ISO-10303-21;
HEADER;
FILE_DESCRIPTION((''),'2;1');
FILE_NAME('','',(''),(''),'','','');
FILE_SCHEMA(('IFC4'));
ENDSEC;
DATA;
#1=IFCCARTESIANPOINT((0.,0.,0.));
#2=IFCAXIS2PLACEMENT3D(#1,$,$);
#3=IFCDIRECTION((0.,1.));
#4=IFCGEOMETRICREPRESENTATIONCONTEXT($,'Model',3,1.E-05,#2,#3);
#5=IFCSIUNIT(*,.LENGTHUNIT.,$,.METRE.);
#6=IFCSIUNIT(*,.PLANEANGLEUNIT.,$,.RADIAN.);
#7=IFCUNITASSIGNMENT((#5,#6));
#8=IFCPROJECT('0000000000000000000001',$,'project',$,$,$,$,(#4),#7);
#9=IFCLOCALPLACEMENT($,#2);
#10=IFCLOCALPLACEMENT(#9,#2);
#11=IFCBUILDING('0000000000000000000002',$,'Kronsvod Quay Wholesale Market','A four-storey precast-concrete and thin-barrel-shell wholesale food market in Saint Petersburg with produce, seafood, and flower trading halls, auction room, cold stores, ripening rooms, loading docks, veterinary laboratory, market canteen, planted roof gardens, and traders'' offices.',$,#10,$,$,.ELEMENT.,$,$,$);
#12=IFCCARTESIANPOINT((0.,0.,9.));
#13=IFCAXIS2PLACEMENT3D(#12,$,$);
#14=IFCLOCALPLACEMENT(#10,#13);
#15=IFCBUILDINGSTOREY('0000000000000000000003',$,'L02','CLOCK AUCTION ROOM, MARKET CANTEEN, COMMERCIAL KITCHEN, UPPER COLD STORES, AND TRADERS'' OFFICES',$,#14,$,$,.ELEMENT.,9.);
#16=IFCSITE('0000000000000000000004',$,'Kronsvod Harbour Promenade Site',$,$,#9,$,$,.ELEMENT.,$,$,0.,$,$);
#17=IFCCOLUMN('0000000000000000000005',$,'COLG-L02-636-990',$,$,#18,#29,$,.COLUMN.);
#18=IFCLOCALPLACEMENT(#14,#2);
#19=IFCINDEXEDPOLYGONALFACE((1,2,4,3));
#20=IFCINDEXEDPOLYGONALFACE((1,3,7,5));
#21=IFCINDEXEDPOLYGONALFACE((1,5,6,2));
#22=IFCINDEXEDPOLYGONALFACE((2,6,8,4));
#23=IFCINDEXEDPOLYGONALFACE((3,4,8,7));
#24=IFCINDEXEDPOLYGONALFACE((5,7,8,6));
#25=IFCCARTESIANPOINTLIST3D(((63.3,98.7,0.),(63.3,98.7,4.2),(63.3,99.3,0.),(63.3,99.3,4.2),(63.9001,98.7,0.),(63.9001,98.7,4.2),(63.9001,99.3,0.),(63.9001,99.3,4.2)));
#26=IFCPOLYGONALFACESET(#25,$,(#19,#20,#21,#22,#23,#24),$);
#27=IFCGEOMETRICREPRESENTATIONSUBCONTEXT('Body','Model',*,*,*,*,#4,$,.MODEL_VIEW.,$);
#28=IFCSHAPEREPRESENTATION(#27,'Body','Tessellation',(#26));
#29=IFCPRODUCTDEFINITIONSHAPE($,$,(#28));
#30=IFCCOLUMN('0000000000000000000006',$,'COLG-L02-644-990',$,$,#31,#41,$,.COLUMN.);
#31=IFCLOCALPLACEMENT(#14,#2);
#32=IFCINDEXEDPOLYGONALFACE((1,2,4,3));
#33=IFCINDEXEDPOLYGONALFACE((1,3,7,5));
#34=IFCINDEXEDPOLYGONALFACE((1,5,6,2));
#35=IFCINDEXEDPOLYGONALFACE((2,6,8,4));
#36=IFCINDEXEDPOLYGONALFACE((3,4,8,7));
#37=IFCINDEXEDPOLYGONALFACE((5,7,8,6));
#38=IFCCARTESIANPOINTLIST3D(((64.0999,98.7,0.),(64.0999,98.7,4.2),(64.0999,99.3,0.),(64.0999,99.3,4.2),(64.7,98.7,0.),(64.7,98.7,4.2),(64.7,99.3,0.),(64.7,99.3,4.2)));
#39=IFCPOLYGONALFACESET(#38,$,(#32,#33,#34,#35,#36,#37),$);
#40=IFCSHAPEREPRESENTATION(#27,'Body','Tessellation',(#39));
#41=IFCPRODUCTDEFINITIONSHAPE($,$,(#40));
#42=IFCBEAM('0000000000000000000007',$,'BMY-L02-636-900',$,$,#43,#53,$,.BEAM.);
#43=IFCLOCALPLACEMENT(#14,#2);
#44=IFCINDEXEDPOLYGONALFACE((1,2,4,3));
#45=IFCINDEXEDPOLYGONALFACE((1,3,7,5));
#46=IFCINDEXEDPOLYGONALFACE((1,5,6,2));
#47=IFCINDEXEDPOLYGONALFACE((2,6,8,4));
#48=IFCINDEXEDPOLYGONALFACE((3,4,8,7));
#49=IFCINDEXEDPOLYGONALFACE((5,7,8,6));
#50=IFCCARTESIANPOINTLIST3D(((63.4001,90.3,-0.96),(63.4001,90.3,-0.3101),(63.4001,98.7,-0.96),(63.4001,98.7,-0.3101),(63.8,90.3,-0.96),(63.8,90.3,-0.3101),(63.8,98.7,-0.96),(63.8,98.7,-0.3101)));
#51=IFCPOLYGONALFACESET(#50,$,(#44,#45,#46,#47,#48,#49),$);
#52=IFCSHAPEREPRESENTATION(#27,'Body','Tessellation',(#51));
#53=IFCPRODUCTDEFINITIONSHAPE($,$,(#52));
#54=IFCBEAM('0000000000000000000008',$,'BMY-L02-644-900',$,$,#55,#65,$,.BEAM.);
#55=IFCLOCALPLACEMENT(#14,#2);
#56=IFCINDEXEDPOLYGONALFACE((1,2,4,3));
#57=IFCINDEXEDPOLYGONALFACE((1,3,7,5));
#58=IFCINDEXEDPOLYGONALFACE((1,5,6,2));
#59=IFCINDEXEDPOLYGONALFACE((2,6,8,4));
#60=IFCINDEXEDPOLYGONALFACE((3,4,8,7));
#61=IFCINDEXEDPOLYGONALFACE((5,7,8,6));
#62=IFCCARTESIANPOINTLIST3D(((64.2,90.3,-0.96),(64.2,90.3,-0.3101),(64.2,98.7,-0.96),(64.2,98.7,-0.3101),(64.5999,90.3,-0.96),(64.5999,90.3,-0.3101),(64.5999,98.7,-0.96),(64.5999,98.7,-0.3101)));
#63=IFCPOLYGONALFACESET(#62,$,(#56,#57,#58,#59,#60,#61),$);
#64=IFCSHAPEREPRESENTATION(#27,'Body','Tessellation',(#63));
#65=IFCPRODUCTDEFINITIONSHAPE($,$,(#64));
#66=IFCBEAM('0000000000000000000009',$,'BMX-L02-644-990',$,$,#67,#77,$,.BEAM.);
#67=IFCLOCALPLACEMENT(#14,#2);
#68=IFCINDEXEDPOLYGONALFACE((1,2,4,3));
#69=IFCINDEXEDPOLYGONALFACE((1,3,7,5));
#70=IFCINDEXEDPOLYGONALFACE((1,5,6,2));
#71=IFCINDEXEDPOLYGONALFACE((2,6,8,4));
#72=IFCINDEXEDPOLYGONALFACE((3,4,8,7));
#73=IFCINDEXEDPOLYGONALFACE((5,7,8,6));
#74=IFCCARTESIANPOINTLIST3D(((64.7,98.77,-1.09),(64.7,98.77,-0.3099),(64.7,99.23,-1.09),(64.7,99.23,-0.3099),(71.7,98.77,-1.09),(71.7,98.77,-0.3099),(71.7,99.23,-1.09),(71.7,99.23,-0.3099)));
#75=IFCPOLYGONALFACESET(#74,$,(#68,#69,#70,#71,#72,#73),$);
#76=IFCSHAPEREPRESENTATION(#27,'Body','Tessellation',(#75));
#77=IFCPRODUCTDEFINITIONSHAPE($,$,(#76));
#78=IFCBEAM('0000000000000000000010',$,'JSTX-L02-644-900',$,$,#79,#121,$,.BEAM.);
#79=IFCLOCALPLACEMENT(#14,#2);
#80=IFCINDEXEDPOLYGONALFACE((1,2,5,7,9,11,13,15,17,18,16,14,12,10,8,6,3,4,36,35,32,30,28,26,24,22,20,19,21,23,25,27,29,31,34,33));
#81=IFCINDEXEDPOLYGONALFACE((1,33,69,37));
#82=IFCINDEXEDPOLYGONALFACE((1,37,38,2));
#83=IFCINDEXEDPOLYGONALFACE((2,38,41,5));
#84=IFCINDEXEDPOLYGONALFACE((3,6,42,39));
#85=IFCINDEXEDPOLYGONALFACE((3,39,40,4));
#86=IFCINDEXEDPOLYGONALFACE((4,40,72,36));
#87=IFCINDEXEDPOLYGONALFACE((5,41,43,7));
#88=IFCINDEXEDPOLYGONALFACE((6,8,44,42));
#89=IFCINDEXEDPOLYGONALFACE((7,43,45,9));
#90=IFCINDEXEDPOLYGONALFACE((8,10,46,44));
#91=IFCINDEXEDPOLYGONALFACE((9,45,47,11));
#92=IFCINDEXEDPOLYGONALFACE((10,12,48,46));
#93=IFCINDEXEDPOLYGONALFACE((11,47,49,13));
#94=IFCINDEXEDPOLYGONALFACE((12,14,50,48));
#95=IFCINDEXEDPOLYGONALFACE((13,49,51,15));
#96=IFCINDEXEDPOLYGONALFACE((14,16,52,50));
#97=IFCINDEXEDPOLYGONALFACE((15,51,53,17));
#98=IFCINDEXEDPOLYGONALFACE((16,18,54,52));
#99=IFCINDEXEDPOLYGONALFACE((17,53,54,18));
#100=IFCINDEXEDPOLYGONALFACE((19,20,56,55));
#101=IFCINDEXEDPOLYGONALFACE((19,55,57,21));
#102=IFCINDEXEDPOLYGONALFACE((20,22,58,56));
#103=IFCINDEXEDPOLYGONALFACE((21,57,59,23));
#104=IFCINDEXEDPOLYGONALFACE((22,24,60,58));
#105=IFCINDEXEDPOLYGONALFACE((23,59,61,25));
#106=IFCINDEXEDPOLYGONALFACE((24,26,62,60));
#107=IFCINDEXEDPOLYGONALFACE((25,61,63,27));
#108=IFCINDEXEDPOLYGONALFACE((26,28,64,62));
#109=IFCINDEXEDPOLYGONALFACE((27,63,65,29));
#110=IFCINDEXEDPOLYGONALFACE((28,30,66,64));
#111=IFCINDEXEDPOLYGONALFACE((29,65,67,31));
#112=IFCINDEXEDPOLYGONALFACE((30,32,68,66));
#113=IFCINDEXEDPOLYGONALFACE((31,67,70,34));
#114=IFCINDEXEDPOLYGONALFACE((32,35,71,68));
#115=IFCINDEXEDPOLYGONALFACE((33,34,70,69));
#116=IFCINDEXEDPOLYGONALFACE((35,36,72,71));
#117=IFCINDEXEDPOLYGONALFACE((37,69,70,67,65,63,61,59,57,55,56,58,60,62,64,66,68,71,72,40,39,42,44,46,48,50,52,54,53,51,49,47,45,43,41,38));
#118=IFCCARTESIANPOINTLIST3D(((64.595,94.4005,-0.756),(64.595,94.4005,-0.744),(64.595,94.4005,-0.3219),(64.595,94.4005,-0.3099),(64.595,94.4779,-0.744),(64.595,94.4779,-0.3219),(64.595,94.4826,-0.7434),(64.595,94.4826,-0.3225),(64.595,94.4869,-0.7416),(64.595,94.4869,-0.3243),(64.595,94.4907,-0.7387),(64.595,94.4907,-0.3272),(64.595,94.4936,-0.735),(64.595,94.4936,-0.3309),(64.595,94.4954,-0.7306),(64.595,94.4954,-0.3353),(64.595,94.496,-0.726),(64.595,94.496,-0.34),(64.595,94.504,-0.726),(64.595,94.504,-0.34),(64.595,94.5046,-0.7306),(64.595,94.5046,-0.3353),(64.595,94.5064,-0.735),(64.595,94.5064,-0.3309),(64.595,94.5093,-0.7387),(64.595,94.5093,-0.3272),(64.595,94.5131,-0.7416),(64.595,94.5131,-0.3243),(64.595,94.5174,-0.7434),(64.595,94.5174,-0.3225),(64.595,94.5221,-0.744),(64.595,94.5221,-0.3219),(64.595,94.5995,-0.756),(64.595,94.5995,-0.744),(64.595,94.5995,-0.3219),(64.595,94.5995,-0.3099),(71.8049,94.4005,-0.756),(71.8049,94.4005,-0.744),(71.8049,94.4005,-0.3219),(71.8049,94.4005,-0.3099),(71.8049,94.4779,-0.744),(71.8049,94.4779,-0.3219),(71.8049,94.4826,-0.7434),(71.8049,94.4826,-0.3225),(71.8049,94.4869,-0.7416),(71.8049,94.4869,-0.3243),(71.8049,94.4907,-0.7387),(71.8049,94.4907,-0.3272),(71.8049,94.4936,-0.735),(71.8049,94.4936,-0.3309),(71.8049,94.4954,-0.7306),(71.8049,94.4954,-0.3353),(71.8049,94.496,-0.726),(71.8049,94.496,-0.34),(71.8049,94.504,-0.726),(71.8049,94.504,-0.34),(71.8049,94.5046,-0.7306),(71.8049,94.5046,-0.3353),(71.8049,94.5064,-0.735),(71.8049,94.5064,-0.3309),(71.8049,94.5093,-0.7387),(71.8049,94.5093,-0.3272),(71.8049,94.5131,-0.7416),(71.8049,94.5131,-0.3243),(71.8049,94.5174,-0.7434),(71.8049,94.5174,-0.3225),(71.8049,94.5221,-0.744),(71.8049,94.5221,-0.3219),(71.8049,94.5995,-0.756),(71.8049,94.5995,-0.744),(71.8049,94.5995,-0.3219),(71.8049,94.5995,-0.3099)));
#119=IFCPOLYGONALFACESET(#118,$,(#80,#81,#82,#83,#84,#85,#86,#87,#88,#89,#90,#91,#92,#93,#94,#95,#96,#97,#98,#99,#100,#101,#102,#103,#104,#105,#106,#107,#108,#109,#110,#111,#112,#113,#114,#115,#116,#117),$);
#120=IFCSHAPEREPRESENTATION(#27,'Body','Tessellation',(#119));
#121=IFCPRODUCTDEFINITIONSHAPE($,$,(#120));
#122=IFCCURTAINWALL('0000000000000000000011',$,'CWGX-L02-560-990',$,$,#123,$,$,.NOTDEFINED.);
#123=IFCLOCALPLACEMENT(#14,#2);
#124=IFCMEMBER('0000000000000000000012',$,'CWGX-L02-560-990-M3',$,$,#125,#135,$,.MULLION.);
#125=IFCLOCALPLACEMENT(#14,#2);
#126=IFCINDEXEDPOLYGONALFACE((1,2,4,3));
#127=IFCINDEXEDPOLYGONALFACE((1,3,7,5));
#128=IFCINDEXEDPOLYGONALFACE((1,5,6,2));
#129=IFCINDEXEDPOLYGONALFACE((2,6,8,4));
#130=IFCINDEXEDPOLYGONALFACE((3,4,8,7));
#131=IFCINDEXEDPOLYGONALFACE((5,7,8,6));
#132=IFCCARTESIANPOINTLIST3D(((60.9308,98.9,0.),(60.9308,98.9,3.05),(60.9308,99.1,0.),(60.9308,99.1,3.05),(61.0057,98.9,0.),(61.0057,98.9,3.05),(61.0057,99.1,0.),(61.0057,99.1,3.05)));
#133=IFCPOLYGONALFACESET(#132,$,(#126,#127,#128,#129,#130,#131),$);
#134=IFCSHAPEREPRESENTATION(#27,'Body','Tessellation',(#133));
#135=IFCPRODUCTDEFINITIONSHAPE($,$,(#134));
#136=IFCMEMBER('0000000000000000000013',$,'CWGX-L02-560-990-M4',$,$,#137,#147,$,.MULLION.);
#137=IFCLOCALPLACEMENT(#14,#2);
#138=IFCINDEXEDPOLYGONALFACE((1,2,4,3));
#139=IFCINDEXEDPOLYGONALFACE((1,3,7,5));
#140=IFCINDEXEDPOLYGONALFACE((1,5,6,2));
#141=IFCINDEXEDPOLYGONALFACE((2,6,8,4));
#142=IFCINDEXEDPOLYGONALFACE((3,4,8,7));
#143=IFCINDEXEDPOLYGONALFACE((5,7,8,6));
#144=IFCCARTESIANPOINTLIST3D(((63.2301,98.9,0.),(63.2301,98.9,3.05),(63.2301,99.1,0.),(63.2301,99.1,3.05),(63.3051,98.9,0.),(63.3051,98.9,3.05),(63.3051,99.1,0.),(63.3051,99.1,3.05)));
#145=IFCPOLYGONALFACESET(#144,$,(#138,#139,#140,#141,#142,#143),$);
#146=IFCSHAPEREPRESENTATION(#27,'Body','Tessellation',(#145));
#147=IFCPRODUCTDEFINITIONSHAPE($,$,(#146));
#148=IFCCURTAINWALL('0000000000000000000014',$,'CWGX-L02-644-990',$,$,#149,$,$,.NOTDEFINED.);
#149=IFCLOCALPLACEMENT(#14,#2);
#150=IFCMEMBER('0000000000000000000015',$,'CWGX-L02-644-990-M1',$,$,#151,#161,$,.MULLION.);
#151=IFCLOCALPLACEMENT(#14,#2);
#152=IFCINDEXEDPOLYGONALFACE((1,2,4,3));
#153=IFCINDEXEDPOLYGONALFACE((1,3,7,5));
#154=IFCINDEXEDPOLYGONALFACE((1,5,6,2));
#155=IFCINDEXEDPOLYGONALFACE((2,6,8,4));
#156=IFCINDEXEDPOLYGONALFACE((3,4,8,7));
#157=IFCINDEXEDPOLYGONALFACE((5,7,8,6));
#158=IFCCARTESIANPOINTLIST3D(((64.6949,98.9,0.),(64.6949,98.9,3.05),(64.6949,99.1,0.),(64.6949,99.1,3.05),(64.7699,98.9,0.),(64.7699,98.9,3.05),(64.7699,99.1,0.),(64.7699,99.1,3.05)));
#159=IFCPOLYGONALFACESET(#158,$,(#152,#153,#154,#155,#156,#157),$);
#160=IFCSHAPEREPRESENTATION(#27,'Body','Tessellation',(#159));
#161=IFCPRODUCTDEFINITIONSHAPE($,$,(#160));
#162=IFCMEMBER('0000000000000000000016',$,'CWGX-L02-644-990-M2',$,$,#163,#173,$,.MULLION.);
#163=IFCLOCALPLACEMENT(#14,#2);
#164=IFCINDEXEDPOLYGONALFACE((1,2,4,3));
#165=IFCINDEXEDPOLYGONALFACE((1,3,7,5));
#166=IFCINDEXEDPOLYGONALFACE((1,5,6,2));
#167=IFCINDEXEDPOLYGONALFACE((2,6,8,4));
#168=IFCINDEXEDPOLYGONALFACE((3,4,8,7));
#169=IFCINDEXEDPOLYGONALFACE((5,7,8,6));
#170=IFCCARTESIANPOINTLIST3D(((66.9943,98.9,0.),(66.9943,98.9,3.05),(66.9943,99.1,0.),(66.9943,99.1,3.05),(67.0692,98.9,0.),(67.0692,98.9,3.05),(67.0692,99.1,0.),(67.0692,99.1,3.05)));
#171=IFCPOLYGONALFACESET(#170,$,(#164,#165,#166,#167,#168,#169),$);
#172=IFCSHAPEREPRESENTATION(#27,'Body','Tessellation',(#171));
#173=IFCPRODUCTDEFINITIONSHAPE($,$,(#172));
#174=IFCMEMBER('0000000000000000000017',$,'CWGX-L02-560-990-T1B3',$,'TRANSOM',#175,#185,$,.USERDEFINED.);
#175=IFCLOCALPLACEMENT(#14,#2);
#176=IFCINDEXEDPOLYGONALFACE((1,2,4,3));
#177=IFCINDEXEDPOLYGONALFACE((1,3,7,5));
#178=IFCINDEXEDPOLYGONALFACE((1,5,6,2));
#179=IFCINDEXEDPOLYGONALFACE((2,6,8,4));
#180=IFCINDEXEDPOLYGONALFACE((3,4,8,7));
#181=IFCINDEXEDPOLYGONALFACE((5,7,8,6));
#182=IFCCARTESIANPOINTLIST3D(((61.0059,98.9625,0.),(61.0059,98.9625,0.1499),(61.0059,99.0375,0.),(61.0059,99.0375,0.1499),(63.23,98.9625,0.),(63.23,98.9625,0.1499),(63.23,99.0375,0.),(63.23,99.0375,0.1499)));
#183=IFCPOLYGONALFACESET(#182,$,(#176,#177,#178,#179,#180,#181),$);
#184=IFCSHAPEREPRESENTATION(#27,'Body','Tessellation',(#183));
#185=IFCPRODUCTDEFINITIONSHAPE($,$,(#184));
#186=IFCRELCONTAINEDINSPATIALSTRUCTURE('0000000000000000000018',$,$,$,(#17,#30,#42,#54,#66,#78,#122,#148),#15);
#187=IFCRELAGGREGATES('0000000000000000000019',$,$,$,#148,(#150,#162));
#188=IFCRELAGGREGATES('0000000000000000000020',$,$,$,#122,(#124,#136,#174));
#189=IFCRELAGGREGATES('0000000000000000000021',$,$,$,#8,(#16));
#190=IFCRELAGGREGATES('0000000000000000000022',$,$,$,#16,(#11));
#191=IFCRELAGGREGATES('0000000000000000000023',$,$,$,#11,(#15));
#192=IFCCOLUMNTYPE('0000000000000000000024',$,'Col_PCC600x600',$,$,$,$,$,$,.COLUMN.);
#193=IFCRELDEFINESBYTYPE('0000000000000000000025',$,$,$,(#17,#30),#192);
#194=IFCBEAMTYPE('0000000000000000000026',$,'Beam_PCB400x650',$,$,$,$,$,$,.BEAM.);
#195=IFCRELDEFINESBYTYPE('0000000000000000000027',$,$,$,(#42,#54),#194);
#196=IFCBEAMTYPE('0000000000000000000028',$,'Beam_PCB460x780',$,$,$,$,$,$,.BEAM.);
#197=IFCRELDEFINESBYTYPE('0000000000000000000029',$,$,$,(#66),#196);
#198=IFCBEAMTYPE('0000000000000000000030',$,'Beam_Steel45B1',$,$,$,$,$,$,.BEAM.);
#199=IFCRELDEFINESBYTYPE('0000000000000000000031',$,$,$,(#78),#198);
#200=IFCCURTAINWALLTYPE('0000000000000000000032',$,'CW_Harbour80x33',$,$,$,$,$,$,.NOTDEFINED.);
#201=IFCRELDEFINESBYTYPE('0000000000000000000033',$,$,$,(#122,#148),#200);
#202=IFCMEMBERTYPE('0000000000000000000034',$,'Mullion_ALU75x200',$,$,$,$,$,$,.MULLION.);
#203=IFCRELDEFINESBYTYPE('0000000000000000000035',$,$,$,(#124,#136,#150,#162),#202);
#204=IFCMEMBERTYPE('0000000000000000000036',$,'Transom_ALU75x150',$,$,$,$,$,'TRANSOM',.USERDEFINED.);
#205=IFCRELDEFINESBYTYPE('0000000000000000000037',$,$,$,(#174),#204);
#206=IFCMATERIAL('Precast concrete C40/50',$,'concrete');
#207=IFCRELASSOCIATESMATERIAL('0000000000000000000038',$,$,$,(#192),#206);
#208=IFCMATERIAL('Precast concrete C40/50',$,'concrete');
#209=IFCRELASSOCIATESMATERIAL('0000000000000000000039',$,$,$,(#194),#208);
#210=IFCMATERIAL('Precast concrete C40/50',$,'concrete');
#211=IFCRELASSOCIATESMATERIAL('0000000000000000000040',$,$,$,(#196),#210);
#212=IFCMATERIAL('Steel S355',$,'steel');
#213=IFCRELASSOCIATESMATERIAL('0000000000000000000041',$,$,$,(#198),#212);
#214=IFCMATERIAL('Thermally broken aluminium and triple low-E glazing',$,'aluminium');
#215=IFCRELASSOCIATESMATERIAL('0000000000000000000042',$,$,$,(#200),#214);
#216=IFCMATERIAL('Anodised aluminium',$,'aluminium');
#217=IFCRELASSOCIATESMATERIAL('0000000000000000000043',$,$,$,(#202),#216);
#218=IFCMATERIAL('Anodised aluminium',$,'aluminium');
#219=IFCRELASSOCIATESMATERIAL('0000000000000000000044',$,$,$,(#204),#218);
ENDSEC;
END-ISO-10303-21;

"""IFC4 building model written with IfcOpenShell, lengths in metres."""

from ifc_helpers import new_model, si_unit, direction, frame, origin, origin_2d, place, context, subcontext, project, spatial, rectangle, i_section, extrude, material, material_profile, profile_set, type_object, element, aggregate, save


model = new_model("IFC4")

# Units and contexts
model_context = context("Model", 3, precision=1e-05, world=origin(), true_north=direction((0.0, 1.0)))
body_context = subcontext(model_context, "Body", "Model", "MODEL_VIEW")
ifc_project = project(units=[si_unit("LENGTHUNIT", "METRE"), si_unit("PLANEANGLEUNIT", "RADIAN")], contexts=[model_context])

# Site, building, storey
site_placement = place(None, origin())
site = spatial("IfcSite", under=ifc_project, at=site_placement, Name="Kronsvod Harbour Promenade Site", CompositionType="ELEMENT", RefElevation=0.0)
building_placement = place(site_placement, origin())
building = spatial("IfcBuilding", under=site, at=building_placement, Name="Kronsvod Quay Wholesale Market", Description="A four-storey precast-concrete and thin-barrel-shell wholesale food market in Saint Petersburg with produce, seafood, and flower trading halls, auction room, cold stores, ripening rooms, loading docks, veterinary laboratory, market canteen, planted roof gardens, and traders' offices.", CompositionType="ELEMENT")
storey_placement = place(building_placement, frame((0.0, 0.0, 9.0)))
storey = spatial("IfcBuildingStorey", under=building, at=storey_placement, Name="L02", Description="CLOCK AUCTION ROOM, MARKET CANTEEN, COMMERCIAL KITCHEN, UPPER COLD STORES, AND TRADERS' OFFICES", CompositionType="ELEMENT", Elevation=9.0)

# Columns
ifc_material_1 = material(Name="Precast concrete C40/50", Category="concrete")
ifc_material_profile_1 = material_profile(ifc_material_1, rectangle(XDim=0.6001, YDim=0.6001, at=origin_2d()), Name="PCC600x600")
ifc_profile_set_1 = profile_set([ifc_material_profile_1], Name="Precast concrete C40/50")
column_type = type_object("IfcColumnType", Name="Col_PCC600x600", PredefinedType="COLUMN", material=ifc_profile_set_1)
for number, where, z_axis, x_axis, name in (
    (1, (63.6001, 99.0, 0.0), (0.0, 0.0, 1.0), (1.0, 0.0, 0.0), "COLG-L02-636-990"),
    (2, (64.3999, 99.0, 0.0), (0.0, 0.0, 1.0), (1.0, 0.0, 0.0), "COLG-L02-644-990"),
):
    element("IfcColumn", number, at=place(storey_placement, frame(where, z_axis=z_axis, x_axis=x_axis)), inside=storey, type_object=column_type, Name=name, PredefinedType="COLUMN", context=body_context, shape_type="SweptSolid", body=[
        extrude(rectangle(XDim=0.6001, YDim=0.6001, at=origin_2d()), origin(), (0.0, 0.0, 1.0), 4.2),
    ])

# Beams
ifc_material_2 = material(Name="Precast concrete C40/50", Category="concrete")
ifc_material_profile_2 = material_profile(ifc_material_2, rectangle(XDim=0.3999, YDim=0.6499, at=origin_2d()), Name="PCB400x650")
ifc_profile_set_2 = profile_set([ifc_material_profile_2], Name="Precast concrete C40/50")
beam_type_1 = type_object("IfcBeamType", Name="Beam_PCB400x650", PredefinedType="BEAM", material=ifc_profile_set_2)
for number, where, z_axis, x_axis, name in (
    (3, (63.6001, 90.3, -0.635), (0.0, 1.0, 0.0), (-1.0, 0.0, 0.0), "BMY-L02-636-900"),
    (4, (64.3999, 90.3, -0.635), (0.0, 1.0, 0.0), (-1.0, 0.0, 0.0), "BMY-L02-644-900"),
):
    element("IfcBeam", number, at=place(storey_placement, frame(where, z_axis=z_axis, x_axis=x_axis)), inside=storey, type_object=beam_type_1, Name=name, PredefinedType="BEAM", context=body_context, shape_type="SweptSolid", body=[
        extrude(rectangle(XDim=0.3999, YDim=0.6499, at=origin_2d()), origin(), (0.0, 0.0, 1.0), 8.3999),
    ])
ifc_material_3 = material(Name="Precast concrete C40/50", Category="concrete")
ifc_material_profile_3 = material_profile(ifc_material_3, rectangle(XDim=0.46, YDim=0.78, at=origin_2d()), Name="PB-03")
ifc_profile_set_3 = profile_set([ifc_material_profile_3], Name="Precast concrete C40/50")
beam_type_2 = type_object("IfcBeamType", Name="Beam_PCB460x780", PredefinedType="BEAM", material=ifc_profile_set_3)
beam_1_placement = place(storey_placement, frame((64.7, 99.0, -0.7), z_axis=(1.0, 0.0, 0.0), x_axis=(0.0, 1.0, 0.0)))
element("IfcBeam", 5, at=beam_1_placement, inside=storey, type_object=beam_type_2, Name="BMX-L02-644-990", PredefinedType="BEAM", context=body_context, shape_type="SweptSolid", body=[
    extrude(rectangle(XDim=0.46, YDim=0.78, at=origin_2d()), origin(), (0.0, 0.0, 1.0), 7.0),
])
ifc_material_4 = material(Name="Steel S355", Category="steel")
ifc_material_profile_4 = material_profile(ifc_material_4, i_section(OverallWidth=0.199, OverallDepth=0.446, WebThickness=0.0081, FlangeThickness=0.012, FilletRadius=0.0181, at=origin_2d()), Name="45B1")
ifc_profile_set_4 = profile_set([ifc_material_profile_4], Name="Steel S355")
beam_type_3 = type_object("IfcBeamType", Name="Beam_Steel45B1", PredefinedType="BEAM", material=ifc_profile_set_4)
beam_2_placement = place(storey_placement, frame((64.595, 94.5, -0.533), z_axis=(1.0, 0.0, 0.0), x_axis=(0.0, 1.0, 0.0)))
element("IfcBeam", 6, at=beam_2_placement, inside=storey, type_object=beam_type_3, Name="JSTX-L02-644-900", PredefinedType="BEAM", context=body_context, shape_type="SweptSolid", body=[
    extrude(i_section(OverallWidth=0.199, OverallDepth=0.446, WebThickness=0.0081, FlangeThickness=0.012, FilletRadius=0.0181, at=origin_2d()), origin(), (0.0, 0.0, 1.0), 7.21),
])

# Curtain walls, members
ifc_material_5 = material(Name="Thermally broken aluminium and triple low-E glazing", Category="aluminium")
curtain_wall_type = type_object("IfcCurtainWallType", Name="CW_Harbour80x33", PredefinedType="NOTDEFINED", material=ifc_material_5)
curtain_wall_1_placement = place(storey_placement, origin())
curtain_wall_1 = element("IfcCurtainWall", 7, at=curtain_wall_1_placement, inside=storey, type_object=curtain_wall_type, Name="CWGX-L02-560-990", PredefinedType="NOTDEFINED")
ifc_material_6 = material(Name="Anodised aluminium", Category="aluminium")
ifc_material_profile_5 = material_profile(ifc_material_6, rectangle(XDim=0.075, YDim=0.2, at=origin_2d()), Name="ALUM75x200")
ifc_profile_set_5 = profile_set([ifc_material_profile_5], Name="Anodised aluminium")
member_type_1 = type_object("IfcMemberType", Name="Mullion_ALU75x200", PredefinedType="MULLION", material=ifc_profile_set_5)
member_1_placement = place(storey_placement, frame((60.9683, 99.0, 0.0), z_axis=(0.0, 0.0, 1.0), x_axis=(1.0, 0.0, 0.0)))
member_1 = element("IfcMember", 8, at=member_1_placement, type_object=member_type_1, Name="CWGX-L02-560-990-M3", PredefinedType="MULLION", context=body_context, shape_type="SweptSolid", body=[
    extrude(rectangle(XDim=0.075, YDim=0.2, at=origin_2d()), origin(), (0.0, 0.0, 1.0), 3.05),
])
member_2_placement = place(storey_placement, frame((63.2676, 99.0, 0.0), z_axis=(0.0, 0.0, 1.0), x_axis=(1.0, 0.0, 0.0)))
member_2 = element("IfcMember", 9, at=member_2_placement, type_object=member_type_1, Name="CWGX-L02-560-990-M4", PredefinedType="MULLION", context=body_context, shape_type="SweptSolid", body=[
    extrude(rectangle(XDim=0.075, YDim=0.2, at=origin_2d()), origin(), (0.0, 0.0, 1.0), 3.05),
])
curtain_wall_2_placement = place(storey_placement, origin())
curtain_wall_2 = element("IfcCurtainWall", 10, at=curtain_wall_2_placement, inside=storey, type_object=curtain_wall_type, Name="CWGX-L02-644-990", PredefinedType="NOTDEFINED")
member_3_placement = place(storey_placement, frame((64.7324, 99.0, 0.0), z_axis=(0.0, 0.0, 1.0), x_axis=(1.0, 0.0, 0.0)))
member_3 = element("IfcMember", 11, at=member_3_placement, type_object=member_type_1, Name="CWGX-L02-644-990-M1", PredefinedType="MULLION", context=body_context, shape_type="SweptSolid", body=[
    extrude(rectangle(XDim=0.075, YDim=0.2, at=origin_2d()), origin(), (0.0, 0.0, 1.0), 3.05),
])
member_4_placement = place(storey_placement, frame((67.0317, 99.0, 0.0), z_axis=(0.0, 0.0, 1.0), x_axis=(1.0, 0.0, 0.0)))
member_4 = element("IfcMember", 12, at=member_4_placement, type_object=member_type_1, Name="CWGX-L02-644-990-M2", PredefinedType="MULLION", context=body_context, shape_type="SweptSolid", body=[
    extrude(rectangle(XDim=0.075, YDim=0.2, at=origin_2d()), origin(), (0.0, 0.0, 1.0), 3.05),
])

# Member
ifc_material_7 = material(Name="Anodised aluminium", Category="aluminium")
ifc_material_profile_6 = material_profile(ifc_material_7, rectangle(XDim=0.075, YDim=0.1499, at=origin_2d()), Name="ALUT75x150")
ifc_profile_set_6 = profile_set([ifc_material_profile_6], Name="Anodised aluminium")
member_type_2 = type_object("IfcMemberType", Name="Transom_ALU75x150", ElementType="TRANSOM", PredefinedType="USERDEFINED", material=ifc_profile_set_6)
member_5_placement = place(storey_placement, frame((61.0059, 99.0, 0.075), z_axis=(1.0, 0.0, 0.0), x_axis=(0.0, 1.0, 0.0)))
member_5 = element("IfcMember", 13, at=member_5_placement, type_object=member_type_2, Name="CWGX-L02-560-990-T1B3", ObjectType="TRANSOM", PredefinedType="USERDEFINED", context=body_context, shape_type="SweptSolid", body=[
    extrude(rectangle(XDim=0.075, YDim=0.1499, at=origin_2d()), origin(), (0.0, 0.0, 1.0), 2.2241),
])

aggregate(curtain_wall_2, [member_3, member_4])
aggregate(curtain_wall_1, [member_1, member_2, member_5])

save(model, "model.ifc")
